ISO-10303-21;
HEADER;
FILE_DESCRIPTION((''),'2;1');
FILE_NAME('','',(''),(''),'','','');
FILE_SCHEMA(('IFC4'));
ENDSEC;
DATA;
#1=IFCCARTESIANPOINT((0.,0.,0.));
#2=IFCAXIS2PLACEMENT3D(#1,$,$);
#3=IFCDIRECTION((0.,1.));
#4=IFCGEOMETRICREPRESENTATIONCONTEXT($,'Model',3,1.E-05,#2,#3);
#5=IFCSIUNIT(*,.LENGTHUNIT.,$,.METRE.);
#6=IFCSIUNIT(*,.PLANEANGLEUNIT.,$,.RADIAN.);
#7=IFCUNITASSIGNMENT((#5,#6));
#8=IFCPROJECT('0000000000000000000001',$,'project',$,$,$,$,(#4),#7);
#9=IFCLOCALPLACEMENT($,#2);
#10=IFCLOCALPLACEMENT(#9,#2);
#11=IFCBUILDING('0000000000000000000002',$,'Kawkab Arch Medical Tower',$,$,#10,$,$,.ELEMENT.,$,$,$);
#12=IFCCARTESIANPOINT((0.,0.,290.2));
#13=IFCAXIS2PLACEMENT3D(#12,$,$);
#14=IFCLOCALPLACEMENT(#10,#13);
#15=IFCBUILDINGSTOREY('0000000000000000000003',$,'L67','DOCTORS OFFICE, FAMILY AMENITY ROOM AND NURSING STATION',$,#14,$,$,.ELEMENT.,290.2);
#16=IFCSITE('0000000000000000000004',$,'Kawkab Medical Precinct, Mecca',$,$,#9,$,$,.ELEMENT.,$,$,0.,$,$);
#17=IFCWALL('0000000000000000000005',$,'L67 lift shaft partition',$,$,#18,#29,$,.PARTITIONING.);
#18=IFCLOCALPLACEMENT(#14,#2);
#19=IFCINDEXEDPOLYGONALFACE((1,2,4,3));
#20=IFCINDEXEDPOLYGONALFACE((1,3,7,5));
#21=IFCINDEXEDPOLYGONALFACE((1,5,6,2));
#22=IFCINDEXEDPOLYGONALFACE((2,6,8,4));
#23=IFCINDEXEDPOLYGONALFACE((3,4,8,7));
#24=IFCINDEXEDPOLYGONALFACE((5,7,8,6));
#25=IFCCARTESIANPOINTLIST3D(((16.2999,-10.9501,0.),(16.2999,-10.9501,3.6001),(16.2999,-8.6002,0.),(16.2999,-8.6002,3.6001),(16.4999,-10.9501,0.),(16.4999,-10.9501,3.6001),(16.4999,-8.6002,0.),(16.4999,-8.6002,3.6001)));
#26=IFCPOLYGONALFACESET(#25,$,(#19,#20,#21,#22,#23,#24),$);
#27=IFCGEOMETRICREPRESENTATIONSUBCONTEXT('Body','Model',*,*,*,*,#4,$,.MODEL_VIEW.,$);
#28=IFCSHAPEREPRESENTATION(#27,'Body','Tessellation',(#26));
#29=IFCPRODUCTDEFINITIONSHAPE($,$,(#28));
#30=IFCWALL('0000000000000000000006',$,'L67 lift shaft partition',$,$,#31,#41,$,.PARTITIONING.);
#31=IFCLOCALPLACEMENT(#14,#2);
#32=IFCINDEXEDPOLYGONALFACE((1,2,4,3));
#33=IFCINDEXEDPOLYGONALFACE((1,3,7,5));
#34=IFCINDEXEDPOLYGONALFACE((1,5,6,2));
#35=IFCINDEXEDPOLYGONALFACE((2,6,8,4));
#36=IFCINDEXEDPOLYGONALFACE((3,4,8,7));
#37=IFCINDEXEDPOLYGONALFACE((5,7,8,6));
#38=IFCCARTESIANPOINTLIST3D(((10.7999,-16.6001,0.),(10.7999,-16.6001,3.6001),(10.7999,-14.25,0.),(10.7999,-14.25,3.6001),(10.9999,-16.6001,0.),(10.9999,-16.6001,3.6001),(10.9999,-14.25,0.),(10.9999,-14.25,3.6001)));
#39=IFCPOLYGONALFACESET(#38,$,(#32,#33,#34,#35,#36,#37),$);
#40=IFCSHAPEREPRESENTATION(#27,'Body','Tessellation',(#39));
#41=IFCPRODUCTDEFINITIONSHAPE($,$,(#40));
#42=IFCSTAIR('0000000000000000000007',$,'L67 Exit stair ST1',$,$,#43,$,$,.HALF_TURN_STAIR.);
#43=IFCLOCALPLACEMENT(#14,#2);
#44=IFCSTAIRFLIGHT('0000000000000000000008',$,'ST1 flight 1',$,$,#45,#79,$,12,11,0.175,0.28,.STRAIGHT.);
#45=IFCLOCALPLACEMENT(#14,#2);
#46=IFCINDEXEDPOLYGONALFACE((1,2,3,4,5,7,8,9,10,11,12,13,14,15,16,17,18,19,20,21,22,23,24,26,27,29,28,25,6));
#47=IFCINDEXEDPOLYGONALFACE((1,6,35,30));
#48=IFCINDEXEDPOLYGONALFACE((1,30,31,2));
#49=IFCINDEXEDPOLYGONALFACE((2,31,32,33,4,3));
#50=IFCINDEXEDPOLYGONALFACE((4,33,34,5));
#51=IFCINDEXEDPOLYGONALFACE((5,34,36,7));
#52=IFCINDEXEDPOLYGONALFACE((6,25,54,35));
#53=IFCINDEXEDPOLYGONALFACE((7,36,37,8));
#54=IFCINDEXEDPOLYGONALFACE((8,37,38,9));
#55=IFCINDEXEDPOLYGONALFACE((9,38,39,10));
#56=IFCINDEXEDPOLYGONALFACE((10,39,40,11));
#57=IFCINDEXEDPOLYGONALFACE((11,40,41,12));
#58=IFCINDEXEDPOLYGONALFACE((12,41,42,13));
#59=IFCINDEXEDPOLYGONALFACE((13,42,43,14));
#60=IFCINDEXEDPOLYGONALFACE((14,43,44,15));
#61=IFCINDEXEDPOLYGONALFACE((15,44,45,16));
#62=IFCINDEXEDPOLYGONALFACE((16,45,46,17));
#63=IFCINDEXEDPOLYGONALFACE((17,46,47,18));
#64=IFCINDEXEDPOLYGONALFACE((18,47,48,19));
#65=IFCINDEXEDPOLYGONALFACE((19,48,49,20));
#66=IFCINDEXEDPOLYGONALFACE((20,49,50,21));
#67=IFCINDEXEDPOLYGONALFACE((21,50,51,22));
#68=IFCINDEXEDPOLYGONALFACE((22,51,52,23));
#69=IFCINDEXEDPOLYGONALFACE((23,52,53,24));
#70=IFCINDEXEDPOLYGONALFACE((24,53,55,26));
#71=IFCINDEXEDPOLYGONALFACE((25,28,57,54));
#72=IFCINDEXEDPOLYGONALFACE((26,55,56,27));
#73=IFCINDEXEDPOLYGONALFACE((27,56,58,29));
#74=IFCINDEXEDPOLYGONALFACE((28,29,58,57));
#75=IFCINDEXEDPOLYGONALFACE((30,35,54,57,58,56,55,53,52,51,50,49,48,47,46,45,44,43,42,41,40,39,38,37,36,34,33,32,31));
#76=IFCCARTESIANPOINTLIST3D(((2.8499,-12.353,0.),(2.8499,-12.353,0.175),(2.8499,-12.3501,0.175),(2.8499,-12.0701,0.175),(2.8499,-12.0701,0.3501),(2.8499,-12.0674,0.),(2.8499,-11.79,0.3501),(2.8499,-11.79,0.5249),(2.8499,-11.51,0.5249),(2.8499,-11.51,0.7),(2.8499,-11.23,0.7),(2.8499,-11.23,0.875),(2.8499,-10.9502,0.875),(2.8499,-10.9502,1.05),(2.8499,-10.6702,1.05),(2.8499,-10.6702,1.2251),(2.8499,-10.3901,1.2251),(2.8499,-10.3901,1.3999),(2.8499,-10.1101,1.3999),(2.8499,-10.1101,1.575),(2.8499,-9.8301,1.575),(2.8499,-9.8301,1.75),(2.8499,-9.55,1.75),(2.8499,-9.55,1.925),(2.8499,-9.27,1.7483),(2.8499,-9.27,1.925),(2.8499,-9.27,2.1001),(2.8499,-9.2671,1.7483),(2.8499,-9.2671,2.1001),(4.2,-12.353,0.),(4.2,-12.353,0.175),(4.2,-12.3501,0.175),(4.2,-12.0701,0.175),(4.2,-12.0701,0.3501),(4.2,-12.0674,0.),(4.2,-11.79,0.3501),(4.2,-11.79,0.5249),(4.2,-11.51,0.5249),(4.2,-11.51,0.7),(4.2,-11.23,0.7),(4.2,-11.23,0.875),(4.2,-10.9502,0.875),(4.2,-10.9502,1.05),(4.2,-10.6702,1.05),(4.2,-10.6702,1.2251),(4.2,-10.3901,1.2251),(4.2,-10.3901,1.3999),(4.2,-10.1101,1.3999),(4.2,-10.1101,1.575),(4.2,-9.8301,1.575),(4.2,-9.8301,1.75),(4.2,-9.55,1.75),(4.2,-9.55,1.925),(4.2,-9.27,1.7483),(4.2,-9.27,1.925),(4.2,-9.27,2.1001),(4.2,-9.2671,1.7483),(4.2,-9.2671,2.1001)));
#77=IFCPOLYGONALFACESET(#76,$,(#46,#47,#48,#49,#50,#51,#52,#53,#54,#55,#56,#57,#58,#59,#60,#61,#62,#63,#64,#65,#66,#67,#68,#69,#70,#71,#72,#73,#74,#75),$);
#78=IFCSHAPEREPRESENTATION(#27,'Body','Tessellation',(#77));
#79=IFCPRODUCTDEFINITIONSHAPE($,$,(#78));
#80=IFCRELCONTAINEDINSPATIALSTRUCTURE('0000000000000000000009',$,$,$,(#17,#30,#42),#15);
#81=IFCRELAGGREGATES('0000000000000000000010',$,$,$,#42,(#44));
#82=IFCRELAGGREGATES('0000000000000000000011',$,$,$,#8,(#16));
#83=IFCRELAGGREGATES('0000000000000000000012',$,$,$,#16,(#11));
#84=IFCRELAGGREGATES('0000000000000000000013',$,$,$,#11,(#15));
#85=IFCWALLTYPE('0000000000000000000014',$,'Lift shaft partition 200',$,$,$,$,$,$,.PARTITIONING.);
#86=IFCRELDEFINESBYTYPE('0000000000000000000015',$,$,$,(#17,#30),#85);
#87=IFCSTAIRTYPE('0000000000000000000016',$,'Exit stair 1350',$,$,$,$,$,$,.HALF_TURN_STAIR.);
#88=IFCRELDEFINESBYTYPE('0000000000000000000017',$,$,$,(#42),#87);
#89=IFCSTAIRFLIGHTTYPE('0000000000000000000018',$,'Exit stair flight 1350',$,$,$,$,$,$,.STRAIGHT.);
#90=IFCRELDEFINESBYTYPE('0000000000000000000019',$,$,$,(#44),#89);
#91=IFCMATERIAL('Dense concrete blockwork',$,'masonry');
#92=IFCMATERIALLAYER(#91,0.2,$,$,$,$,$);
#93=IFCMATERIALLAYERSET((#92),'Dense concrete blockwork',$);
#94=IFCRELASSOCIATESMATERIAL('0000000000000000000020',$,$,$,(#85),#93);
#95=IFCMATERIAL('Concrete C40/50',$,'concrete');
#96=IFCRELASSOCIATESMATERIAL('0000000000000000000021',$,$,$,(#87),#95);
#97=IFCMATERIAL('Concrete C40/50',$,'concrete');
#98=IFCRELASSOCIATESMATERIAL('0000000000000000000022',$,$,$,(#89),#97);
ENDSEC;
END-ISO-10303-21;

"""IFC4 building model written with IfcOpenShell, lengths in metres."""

from ifc_helpers import new_model, si_unit, direction, frame, frame_2d, origin, place, context, subcontext, project, spatial, polyline, rectangle, outline, extrude, material, layer, layer_set, type_object, element, aggregate, save


model = new_model("IFC4")

# Units and contexts
model_context = context("Model", 3, precision=1e-05, world=origin(), true_north=direction((0.0, 1.0)))
body_context = subcontext(model_context, "Body", "Model", "MODEL_VIEW")
ifc_project = project(units=[si_unit("LENGTHUNIT", "METRE"), si_unit("PLANEANGLEUNIT", "RADIAN")], contexts=[model_context])

# Site, building, storey
site_placement = place(None, origin())
site = spatial("IfcSite", under=ifc_project, at=site_placement, Name="Kawkab Medical Precinct, Mecca", CompositionType="ELEMENT", RefElevation=0.0)
building_placement = place(site_placement, origin())
building = spatial("IfcBuilding", under=site, at=building_placement, Name="Kawkab Arch Medical Tower", CompositionType="ELEMENT")
storey_placement = place(building_placement, frame((0.0, 0.0, 290.2)))
storey = spatial("IfcBuildingStorey", under=building, at=storey_placement, Name="L67", Description="DOCTORS OFFICE, FAMILY AMENITY ROOM AND NURSING STATION", CompositionType="ELEMENT", Elevation=290.2)

# Walls
ifc_material_1 = material(Name="Dense concrete blockwork", Category="masonry")
ifc_layer_1 = layer(ifc_material_1, 0.2)
ifc_layer_set_1 = layer_set([ifc_layer_1], Name="Dense concrete blockwork")
wall_type_1 = type_object("IfcWallType", Name="Lift shaft partition 200", PredefinedType="PARTITIONING", material=ifc_layer_set_1)
wall_1_placement = place(storey_placement, frame((16.3999, -10.95, 0.0), z_axis=(0.0, 0.0, 1.0), x_axis=(0.0, 1.0, 0.0)))
element("IfcWall", 1, at=wall_1_placement, inside=storey, type_object=wall_type_1, Name="L67 lift shaft partition", PredefinedType="PARTITIONING", context=body_context, shape_type="SweptSolid", body=[
    extrude(rectangle(XDim=2.3499, YDim=0.2, at=frame_2d((1.1748, 0.0))), origin(), (0.0, 0.0, 1.0), 3.6001),
])
wall_2_placement = place(storey_placement, frame((10.8999, -16.6001, 0.0), z_axis=(0.0, 0.0, 1.0), x_axis=(0.0, 1.0, 0.0)))
element("IfcWall", 2, at=wall_2_placement, inside=storey, type_object=wall_type_1, Name="L67 lift shaft partition", PredefinedType="PARTITIONING", context=body_context, shape_type="SweptSolid", body=[
    extrude(rectangle(XDim=2.3501, YDim=0.2, at=frame_2d((1.175, 0.0))), origin(), (0.0, 0.0, 1.0), 3.6001),
])

# Stair, stair flight
ifc_material_2 = material(Name="Concrete C40/50", Category="concrete")
stair_type = type_object("IfcStairType", Name="Exit stair 1350", PredefinedType="HALF_TURN_STAIR", material=ifc_material_2)
stair_placement = place(storey_placement, origin())
stair = element("IfcStair", 3, at=stair_placement, inside=storey, type_object=stair_type, Name="L67 Exit stair ST1", PredefinedType="HALF_TURN_STAIR")
ifc_material_3 = material(Name="Concrete C40/50", Category="concrete")
stair_flight_type = type_object("IfcStairFlightType", Name="Exit stair flight 1350", PredefinedType="STRAIGHT", material=ifc_material_3)
stair_flight_placement = place(storey_placement, frame((3.5249, -12.3501, 0.0), z_axis=(0.0, 0.0, 1.0), x_axis=(0.0, 1.0, 0.0)))
stair_flight = element("IfcStairFlight", 4, at=stair_flight_placement, type_object=stair_flight_type, Name="ST1 flight 1", NumberOfRisers=12, NumberOfTreads=11, PredefinedType="STRAIGHT", RiserHeight=0.175, TreadLength=0.28, context=body_context, shape_type="SweptSolid", body=[
    extrude(outline(polyline([(-0.0029, 0.0), (-0.0029, 0.175), (0.0, 0.175), (0.28, 0.175), (0.28, 0.3501), (0.5601, 0.3501), (0.5601, 0.5249), (0.8401, 0.5249), (0.8401, 0.7), (1.1201, 0.7), (1.1201, 0.875), (1.3999, 0.875), (1.3999, 1.05), (1.6799, 1.05), (1.6799, 1.2251), (1.96, 1.2251), (1.96, 1.3999), (2.24, 1.3999), (2.24, 1.575), (2.52, 1.575), (2.52, 1.75), (2.8, 1.75), (2.8, 1.925), (3.0801, 1.925), (3.0801, 2.1001), (3.083, 2.1001), (3.083, 1.7483), (3.0801, 1.7483), (0.2827, 0.0), (-0.0029, 0.0)])), frame((0.0, 0.675, 0.0), z_axis=(0.0, -1.0, 0.0), x_axis=(1.0, 0.0, 0.0)), (0.0, 0.0, 1.0), 1.3501),
])
aggregate(stair, [stair_flight])

save(model, "model.ifc")
